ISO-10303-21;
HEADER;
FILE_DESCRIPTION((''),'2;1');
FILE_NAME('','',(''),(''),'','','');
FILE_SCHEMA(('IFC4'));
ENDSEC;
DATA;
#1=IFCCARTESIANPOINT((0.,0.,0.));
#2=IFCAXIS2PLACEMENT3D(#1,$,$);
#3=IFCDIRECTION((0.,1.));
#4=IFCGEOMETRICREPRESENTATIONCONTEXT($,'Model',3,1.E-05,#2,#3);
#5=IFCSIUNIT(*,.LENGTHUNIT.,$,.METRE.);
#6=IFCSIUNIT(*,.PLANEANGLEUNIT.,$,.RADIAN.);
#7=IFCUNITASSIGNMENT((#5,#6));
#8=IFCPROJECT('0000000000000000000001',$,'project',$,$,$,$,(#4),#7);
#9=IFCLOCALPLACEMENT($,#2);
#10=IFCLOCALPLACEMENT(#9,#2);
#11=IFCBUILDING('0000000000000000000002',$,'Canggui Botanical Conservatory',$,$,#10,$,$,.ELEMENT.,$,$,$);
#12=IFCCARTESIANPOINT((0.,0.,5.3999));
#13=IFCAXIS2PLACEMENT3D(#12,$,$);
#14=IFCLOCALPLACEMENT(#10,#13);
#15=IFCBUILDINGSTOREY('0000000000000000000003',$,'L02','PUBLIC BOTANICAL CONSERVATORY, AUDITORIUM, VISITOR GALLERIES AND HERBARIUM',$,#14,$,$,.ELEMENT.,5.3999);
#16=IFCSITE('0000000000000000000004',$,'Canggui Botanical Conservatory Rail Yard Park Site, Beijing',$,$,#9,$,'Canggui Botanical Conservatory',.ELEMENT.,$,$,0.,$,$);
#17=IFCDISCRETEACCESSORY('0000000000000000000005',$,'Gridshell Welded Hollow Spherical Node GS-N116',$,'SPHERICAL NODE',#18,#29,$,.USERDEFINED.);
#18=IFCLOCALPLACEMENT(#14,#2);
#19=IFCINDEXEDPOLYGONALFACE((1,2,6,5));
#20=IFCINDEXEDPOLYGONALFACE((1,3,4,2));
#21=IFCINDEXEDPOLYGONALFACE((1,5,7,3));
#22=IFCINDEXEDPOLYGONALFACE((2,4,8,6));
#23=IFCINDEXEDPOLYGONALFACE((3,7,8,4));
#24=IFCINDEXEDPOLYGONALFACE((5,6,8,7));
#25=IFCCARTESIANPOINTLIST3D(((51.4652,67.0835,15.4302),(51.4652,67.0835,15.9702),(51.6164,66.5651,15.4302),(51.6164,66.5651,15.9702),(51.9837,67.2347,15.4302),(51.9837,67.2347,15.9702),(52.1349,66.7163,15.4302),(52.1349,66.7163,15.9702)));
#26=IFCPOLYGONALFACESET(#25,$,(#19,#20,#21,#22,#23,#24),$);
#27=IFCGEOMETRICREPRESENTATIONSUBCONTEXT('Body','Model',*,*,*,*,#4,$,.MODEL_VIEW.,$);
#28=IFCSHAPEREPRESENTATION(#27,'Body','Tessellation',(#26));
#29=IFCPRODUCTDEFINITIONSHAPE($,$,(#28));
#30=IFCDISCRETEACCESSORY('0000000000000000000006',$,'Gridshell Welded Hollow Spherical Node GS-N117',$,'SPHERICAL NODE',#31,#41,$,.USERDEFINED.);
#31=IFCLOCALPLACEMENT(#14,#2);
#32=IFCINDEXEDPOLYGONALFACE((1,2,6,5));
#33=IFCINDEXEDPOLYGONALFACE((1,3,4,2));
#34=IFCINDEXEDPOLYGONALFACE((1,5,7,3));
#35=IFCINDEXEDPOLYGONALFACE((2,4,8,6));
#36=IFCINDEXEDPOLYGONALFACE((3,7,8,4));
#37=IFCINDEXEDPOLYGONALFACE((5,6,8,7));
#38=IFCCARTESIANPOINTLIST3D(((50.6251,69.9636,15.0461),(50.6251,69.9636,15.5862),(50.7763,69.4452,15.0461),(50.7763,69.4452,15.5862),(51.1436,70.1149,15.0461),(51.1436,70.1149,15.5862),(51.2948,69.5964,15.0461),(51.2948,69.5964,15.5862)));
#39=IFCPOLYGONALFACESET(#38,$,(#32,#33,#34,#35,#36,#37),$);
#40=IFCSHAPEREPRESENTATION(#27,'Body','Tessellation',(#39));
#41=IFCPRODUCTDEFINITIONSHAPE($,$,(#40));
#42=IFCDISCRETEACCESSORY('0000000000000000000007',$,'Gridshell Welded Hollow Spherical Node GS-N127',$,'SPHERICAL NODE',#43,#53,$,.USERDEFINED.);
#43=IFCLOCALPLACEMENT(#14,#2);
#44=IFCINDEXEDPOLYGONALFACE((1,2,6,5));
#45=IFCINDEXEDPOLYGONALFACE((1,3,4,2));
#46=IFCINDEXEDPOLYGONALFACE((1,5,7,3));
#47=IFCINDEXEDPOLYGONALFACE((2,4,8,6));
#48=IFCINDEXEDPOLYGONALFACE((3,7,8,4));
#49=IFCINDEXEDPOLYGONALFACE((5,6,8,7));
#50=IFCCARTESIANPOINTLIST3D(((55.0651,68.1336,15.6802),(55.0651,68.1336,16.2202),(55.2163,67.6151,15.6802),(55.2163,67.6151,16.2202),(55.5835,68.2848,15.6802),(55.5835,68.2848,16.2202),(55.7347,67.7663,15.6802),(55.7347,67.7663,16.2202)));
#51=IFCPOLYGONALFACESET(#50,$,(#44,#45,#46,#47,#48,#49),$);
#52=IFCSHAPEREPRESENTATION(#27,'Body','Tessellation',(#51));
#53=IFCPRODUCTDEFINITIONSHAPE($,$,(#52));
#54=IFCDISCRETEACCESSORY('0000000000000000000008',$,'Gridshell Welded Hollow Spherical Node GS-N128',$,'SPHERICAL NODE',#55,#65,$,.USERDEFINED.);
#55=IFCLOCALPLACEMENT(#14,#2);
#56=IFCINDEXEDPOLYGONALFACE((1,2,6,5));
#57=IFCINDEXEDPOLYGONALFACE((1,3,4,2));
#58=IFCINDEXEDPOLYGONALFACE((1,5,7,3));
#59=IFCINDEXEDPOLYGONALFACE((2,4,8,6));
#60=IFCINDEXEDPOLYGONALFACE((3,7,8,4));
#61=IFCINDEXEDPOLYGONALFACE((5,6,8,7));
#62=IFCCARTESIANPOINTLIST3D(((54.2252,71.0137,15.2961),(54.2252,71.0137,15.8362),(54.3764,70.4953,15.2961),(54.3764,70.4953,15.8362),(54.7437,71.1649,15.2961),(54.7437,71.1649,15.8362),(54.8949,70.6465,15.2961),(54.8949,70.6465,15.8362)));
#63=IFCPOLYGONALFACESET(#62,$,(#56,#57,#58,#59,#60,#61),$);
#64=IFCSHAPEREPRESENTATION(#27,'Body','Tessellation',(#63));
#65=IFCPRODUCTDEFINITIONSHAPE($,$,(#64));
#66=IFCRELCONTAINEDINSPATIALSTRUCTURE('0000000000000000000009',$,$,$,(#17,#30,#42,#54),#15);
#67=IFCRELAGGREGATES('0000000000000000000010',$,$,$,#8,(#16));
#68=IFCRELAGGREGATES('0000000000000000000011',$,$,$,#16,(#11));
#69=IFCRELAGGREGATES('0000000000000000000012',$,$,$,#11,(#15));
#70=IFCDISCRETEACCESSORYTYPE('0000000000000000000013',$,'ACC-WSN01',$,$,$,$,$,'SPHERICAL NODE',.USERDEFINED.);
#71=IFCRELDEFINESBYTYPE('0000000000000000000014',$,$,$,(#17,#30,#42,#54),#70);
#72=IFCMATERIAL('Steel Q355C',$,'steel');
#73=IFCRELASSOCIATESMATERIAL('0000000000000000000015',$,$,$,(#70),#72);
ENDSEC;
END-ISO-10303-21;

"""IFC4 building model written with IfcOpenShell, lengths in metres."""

from ifc_helpers import new_model, si_unit, direction, frame, origin, origin_2d, place, context, subcontext, project, spatial, rectangle, extrude, material, type_object, element, save


model = new_model("IFC4")

# Units and contexts
model_context = context("Model", 3, precision=1e-05, world=origin(), true_north=direction((0.0, 1.0)))
body_context = subcontext(model_context, "Body", "Model", "MODEL_VIEW")
ifc_project = project(units=[si_unit("LENGTHUNIT", "METRE"), si_unit("PLANEANGLEUNIT", "RADIAN")], contexts=[model_context])

# Site, building, storey
site_placement = place(None, origin())
site = spatial("IfcSite", under=ifc_project, at=site_placement, Name="Canggui Botanical Conservatory Rail Yard Park Site, Beijing", LongName="Canggui Botanical Conservatory", CompositionType="ELEMENT", RefElevation=0.0)
building_placement = place(site_placement, origin())
building = spatial("IfcBuilding", under=site, at=building_placement, Name="Canggui Botanical Conservatory", CompositionType="ELEMENT")
storey_placement = place(building_placement, frame((0.0, 0.0, 5.3999)))
storey = spatial("IfcBuildingStorey", under=building, at=storey_placement, Name="L02", Description="PUBLIC BOTANICAL CONSERVATORY, AUDITORIUM, VISITOR GALLERIES AND HERBARIUM", CompositionType="ELEMENT", Elevation=5.3999)

# Shared definitions
ifc_material_1 = material(Name="Steel Q355C", Category="steel")

# Discrete accessories
discrete_accessory_type_1 = type_object("IfcDiscreteAccessoryType", Name="ACC-WSN01", ElementType="SPHERICAL NODE", PredefinedType="USERDEFINED", material=ifc_material_1)
for number, where, z_axis, x_axis, name in (
    (1, (51.8, 66.8999, 15.4302), (0.0, 0.0, 1.0), (0.96, 0.28, 0.0), "Gridshell Welded Hollow Spherical Node GS-N116"),
    (2, (50.96, 69.78, 15.0461), (0.0, 0.0, 1.0), (0.96, 0.28, 0.0), "Gridshell Welded Hollow Spherical Node GS-N117"),
    (3, (55.3999, 67.95, 15.6802), (0.0, 0.0, 1.0), (0.96, 0.28, 0.0), "Gridshell Welded Hollow Spherical Node GS-N127"),
    (4, (54.5601, 70.8301, 15.2961), (0.0, 0.0, 1.0), (0.96, 0.28, 0.0), "Gridshell Welded Hollow Spherical Node GS-N128"),
):
    element("IfcDiscreteAccessory", number, at=place(storey_placement, frame(where, z_axis=z_axis, x_axis=x_axis)), inside=storey, type_object=discrete_accessory_type_1, Name=name, ObjectType="SPHERICAL NODE", PredefinedType="USERDEFINED", context=body_context, shape_type="SweptSolid", body=[
        extrude(rectangle(XDim=0.54, YDim=0.54, at=origin_2d()), origin(), (0.0, 0.0, 1.0), 0.54),
    ])

save(model, "model.ifc")
